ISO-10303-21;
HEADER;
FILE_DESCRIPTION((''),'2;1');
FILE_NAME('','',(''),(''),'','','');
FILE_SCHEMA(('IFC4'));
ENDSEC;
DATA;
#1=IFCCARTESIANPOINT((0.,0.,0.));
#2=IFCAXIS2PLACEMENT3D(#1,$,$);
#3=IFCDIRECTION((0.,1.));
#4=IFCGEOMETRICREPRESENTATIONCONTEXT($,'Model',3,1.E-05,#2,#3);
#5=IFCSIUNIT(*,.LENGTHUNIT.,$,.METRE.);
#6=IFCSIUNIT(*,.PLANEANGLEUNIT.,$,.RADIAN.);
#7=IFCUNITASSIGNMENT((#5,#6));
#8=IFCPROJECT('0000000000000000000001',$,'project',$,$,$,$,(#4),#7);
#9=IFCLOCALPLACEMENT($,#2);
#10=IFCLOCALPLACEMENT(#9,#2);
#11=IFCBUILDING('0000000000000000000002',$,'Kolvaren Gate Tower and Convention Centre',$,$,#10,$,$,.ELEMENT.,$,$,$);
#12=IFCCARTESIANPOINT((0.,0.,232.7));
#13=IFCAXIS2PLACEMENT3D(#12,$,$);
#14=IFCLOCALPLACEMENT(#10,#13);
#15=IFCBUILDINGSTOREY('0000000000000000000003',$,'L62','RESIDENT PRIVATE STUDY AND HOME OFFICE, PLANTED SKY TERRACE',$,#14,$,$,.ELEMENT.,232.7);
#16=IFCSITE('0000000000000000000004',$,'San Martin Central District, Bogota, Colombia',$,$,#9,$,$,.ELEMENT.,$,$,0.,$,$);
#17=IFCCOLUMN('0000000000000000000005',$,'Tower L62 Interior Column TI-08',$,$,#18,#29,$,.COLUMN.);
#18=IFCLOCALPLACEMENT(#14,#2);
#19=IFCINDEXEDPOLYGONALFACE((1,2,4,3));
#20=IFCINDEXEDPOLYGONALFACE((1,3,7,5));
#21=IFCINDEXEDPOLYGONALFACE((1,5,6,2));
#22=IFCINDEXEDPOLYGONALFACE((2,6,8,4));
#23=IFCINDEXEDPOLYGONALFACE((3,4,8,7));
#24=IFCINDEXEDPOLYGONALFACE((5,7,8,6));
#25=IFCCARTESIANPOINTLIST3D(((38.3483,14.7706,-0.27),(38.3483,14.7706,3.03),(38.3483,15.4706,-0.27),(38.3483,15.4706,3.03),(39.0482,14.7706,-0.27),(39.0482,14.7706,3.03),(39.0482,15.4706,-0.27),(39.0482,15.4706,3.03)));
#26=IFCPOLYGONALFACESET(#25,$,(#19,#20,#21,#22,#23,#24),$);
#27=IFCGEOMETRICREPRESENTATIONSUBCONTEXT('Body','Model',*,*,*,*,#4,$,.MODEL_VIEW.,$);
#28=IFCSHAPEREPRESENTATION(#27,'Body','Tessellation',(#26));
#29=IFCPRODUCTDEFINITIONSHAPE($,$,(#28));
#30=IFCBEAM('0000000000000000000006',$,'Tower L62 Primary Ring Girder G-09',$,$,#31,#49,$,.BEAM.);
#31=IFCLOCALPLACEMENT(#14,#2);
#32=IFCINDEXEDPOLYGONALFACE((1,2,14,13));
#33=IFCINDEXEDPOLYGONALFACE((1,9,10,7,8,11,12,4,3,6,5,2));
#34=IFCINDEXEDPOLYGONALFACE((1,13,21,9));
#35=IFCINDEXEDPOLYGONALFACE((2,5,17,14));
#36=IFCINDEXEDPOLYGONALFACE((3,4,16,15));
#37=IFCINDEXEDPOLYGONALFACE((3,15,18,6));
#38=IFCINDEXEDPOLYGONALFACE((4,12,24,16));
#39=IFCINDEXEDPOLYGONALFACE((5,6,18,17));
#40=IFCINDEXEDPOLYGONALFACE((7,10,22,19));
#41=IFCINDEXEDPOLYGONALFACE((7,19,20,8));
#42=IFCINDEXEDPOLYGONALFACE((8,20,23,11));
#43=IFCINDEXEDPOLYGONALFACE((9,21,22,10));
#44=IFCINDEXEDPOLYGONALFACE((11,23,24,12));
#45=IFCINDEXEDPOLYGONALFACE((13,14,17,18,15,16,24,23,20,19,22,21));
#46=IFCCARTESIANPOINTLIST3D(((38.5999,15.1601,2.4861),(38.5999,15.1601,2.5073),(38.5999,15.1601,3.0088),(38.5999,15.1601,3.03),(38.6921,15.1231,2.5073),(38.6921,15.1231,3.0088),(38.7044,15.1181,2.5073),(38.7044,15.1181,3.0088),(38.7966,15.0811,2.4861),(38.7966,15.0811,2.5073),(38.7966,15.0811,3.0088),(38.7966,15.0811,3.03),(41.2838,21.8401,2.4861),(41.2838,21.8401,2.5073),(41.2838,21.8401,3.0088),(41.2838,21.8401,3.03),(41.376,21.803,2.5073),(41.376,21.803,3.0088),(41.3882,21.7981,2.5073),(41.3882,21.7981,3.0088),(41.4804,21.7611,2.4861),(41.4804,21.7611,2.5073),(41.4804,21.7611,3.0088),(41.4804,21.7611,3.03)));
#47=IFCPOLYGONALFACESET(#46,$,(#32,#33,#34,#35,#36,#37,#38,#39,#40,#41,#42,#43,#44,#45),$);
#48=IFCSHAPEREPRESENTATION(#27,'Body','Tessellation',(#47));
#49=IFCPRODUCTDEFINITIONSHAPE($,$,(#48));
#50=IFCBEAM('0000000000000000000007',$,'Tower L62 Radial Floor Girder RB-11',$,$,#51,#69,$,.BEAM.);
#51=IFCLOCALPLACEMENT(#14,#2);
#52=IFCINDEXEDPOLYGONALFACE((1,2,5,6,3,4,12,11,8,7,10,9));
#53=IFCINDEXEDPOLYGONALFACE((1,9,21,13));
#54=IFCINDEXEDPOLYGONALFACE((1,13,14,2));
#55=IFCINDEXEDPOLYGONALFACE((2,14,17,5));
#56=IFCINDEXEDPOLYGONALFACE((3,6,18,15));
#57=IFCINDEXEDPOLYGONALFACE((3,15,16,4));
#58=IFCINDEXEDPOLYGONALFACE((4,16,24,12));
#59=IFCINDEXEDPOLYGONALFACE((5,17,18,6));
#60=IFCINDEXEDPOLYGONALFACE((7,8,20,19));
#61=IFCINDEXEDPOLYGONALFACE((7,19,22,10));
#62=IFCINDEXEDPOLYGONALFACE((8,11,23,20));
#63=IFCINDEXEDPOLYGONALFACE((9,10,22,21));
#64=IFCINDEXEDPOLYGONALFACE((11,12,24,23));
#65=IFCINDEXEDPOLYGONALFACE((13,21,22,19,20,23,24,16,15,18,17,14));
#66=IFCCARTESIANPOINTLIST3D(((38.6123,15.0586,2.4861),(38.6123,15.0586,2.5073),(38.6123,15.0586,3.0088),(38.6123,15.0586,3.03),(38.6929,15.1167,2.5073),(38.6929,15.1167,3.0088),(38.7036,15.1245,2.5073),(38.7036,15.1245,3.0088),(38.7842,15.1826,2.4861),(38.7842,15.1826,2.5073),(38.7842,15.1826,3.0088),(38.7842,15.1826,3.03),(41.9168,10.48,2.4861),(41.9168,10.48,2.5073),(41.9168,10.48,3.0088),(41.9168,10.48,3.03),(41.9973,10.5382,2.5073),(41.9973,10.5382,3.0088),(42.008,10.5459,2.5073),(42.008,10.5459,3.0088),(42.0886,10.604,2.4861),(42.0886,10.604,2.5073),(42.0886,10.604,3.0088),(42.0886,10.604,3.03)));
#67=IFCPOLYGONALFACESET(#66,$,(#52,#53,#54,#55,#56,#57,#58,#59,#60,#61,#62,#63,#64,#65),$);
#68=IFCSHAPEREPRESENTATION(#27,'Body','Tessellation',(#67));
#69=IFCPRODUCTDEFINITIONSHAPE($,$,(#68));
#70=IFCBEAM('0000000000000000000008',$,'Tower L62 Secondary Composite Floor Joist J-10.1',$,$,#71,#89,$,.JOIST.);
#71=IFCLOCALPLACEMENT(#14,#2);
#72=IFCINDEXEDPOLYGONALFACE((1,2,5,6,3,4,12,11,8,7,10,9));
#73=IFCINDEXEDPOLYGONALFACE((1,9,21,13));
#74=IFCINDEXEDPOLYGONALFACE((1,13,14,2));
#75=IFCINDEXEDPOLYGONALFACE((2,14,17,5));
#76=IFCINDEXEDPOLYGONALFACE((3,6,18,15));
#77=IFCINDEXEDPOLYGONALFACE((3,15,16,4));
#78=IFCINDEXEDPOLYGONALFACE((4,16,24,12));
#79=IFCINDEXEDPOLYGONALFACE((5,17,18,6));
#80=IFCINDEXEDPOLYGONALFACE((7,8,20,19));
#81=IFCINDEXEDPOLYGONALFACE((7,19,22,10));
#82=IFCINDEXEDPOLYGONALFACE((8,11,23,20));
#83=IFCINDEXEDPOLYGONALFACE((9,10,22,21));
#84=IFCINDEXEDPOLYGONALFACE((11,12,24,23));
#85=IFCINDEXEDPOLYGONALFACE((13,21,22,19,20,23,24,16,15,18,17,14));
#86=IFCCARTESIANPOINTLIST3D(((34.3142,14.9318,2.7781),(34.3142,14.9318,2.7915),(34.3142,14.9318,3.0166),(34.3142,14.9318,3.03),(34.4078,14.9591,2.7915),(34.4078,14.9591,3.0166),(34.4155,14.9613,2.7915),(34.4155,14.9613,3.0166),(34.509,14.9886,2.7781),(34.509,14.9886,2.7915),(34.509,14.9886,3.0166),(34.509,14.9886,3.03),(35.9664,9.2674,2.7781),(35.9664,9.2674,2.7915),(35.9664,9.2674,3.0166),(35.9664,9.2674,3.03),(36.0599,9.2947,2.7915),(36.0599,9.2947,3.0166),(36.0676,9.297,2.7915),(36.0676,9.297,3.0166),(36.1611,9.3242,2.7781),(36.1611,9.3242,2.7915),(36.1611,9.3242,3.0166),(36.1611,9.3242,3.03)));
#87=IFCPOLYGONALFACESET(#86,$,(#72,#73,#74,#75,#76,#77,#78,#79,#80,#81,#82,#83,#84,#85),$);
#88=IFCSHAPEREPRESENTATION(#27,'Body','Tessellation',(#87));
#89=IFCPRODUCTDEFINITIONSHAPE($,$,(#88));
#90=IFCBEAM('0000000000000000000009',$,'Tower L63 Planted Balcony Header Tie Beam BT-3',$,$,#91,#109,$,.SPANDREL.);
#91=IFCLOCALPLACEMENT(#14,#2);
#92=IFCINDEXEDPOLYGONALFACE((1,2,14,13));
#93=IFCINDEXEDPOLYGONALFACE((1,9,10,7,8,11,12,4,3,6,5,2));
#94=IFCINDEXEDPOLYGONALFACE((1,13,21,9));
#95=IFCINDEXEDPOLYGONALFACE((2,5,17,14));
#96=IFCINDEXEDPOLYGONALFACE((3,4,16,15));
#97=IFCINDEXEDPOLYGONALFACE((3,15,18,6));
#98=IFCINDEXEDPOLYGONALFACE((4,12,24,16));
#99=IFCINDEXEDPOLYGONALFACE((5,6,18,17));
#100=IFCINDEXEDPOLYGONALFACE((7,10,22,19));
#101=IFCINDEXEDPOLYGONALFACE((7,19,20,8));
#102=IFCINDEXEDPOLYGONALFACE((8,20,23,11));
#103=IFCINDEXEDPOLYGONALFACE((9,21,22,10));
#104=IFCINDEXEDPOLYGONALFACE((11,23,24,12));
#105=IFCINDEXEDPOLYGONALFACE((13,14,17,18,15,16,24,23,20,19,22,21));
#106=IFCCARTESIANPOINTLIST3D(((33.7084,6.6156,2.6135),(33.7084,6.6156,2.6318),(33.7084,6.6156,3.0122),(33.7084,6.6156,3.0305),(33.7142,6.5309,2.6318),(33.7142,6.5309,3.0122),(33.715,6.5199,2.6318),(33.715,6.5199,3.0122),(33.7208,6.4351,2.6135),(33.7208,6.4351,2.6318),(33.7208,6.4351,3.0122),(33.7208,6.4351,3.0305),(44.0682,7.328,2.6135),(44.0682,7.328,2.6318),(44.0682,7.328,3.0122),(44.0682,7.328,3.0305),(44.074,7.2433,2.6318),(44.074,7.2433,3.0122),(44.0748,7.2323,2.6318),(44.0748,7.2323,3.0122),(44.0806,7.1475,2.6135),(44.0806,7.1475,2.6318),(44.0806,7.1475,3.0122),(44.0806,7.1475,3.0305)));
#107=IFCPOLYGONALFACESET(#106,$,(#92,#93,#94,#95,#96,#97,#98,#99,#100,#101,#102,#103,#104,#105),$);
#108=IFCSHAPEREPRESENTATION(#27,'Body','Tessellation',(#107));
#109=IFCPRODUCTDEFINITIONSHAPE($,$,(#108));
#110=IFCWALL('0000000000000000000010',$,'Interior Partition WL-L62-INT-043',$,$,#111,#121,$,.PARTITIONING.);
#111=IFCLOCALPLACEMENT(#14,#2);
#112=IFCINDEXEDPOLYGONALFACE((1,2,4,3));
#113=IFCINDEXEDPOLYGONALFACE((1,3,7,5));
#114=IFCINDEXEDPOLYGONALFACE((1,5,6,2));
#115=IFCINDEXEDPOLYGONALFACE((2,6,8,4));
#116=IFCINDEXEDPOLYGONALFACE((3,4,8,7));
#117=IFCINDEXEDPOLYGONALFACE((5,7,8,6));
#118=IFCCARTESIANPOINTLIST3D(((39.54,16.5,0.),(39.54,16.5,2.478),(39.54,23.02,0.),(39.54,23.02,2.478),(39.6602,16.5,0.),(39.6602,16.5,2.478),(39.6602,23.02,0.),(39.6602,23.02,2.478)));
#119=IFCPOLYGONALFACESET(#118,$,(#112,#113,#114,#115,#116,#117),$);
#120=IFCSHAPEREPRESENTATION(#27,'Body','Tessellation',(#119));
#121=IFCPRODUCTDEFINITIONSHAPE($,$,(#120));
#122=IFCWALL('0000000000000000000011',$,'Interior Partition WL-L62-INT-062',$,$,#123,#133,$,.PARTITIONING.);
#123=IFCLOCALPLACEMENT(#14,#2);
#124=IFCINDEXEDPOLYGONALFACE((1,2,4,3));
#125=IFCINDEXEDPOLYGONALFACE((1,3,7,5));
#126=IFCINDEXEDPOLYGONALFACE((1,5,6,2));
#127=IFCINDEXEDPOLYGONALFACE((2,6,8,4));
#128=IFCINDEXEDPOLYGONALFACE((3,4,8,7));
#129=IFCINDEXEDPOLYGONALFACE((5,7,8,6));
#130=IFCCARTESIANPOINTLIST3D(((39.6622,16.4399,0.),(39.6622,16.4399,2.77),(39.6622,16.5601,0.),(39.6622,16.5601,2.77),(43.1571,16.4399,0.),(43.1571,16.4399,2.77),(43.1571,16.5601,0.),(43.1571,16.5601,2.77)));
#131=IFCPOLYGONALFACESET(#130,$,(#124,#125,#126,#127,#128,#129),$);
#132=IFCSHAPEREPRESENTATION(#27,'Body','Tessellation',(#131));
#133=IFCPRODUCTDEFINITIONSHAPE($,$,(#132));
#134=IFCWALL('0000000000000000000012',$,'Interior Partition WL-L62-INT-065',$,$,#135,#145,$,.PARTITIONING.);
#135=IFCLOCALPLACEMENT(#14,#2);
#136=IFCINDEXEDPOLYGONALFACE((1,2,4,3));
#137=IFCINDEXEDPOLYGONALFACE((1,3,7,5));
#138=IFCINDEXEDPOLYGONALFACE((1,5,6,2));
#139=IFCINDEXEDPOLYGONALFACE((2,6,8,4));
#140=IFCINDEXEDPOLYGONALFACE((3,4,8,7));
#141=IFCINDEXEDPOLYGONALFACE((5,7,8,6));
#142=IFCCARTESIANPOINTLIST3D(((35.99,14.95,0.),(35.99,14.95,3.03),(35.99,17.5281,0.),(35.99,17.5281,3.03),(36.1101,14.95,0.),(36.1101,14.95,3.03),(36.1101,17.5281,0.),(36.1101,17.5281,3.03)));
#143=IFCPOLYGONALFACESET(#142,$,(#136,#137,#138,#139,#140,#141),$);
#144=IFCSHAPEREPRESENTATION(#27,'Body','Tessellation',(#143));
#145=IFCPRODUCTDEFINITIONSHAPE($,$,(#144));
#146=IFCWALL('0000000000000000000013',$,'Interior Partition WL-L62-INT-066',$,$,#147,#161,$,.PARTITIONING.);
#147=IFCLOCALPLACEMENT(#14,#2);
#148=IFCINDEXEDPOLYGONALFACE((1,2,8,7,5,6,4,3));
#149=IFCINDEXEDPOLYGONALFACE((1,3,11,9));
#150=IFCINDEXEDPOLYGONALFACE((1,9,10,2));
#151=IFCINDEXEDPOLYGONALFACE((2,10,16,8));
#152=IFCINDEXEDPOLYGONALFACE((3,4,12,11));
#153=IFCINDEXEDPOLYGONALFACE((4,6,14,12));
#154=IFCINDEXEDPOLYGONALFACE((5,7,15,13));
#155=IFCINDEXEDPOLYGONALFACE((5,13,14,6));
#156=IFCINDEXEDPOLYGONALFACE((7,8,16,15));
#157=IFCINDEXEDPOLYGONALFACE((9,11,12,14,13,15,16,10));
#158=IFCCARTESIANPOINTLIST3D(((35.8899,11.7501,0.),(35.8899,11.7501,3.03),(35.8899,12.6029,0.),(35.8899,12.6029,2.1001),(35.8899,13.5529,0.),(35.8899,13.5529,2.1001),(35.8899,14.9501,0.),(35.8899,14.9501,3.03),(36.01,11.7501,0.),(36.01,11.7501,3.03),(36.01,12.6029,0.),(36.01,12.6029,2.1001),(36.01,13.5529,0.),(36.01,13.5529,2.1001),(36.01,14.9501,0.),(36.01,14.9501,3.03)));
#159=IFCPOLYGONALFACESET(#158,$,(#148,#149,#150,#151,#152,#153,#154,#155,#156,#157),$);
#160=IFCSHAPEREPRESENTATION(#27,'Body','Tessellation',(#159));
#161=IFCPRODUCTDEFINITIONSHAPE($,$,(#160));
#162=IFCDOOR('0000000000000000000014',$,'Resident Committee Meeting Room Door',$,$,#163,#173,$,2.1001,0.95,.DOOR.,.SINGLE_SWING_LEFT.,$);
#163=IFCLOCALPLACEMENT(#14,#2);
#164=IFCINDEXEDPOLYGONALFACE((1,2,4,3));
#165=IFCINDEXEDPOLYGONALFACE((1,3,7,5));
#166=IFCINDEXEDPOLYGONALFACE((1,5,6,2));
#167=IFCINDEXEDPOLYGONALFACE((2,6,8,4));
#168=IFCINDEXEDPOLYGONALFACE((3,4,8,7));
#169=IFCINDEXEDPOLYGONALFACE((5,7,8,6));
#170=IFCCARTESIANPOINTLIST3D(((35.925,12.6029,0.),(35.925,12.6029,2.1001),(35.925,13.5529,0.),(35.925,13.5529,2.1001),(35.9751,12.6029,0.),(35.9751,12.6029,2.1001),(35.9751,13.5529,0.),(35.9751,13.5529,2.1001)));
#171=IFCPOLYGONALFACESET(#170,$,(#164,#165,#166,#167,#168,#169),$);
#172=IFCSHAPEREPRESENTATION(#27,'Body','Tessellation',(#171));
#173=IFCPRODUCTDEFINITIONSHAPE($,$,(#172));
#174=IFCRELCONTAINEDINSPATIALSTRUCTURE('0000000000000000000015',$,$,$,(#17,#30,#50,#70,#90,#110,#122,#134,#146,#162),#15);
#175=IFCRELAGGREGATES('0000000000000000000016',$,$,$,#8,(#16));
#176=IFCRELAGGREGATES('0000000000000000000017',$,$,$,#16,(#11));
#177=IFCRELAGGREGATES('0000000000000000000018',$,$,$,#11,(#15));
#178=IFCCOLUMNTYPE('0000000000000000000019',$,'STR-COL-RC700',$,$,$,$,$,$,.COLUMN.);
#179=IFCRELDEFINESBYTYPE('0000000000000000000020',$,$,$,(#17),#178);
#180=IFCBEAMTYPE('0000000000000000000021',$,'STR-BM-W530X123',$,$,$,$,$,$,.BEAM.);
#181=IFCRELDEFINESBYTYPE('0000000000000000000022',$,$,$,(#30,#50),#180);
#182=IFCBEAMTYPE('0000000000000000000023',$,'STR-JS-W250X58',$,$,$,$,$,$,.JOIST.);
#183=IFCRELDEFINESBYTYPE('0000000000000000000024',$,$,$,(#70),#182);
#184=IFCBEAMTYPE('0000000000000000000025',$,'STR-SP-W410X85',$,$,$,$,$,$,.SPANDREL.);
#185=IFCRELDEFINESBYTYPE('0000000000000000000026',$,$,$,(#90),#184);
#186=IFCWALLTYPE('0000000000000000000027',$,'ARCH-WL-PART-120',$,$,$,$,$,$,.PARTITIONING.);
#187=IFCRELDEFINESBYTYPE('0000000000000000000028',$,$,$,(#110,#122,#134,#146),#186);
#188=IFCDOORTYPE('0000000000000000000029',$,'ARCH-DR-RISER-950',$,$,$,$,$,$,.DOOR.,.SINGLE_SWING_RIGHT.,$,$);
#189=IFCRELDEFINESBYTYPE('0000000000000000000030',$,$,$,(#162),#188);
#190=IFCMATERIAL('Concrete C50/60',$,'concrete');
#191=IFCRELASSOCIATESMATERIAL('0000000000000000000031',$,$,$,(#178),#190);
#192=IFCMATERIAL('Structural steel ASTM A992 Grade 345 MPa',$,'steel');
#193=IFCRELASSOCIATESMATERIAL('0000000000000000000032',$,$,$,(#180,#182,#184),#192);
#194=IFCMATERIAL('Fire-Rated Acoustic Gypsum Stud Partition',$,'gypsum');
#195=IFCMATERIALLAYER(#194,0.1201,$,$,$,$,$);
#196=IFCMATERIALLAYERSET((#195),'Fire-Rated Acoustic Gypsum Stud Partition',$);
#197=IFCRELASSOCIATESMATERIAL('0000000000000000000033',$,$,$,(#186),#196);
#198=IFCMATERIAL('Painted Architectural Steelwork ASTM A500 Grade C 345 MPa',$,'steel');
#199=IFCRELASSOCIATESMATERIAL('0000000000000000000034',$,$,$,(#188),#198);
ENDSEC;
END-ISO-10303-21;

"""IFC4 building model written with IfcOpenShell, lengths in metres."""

from ifc_helpers import new_model, si_unit, direction, frame, frame_2d, origin, origin_2d, place, context, subcontext, project, spatial, rectangle, i_section, extrude, material, layer, layer_set, material_profile, profile_set, type_object, element, fill, save


model = new_model("IFC4")

# Units and contexts
model_context = context("Model", 3, precision=1e-05, world=origin(), true_north=direction((0.0, 1.0)))
body_context = subcontext(model_context, "Body", "Model", "MODEL_VIEW")
ifc_project = project(units=[si_unit("LENGTHUNIT", "METRE"), si_unit("PLANEANGLEUNIT", "RADIAN")], contexts=[model_context])

# Site, building, storey
site_placement = place(None, origin())
site = spatial("IfcSite", under=ifc_project, at=site_placement, Name="San Martin Central District, Bogota, Colombia", CompositionType="ELEMENT", RefElevation=0.0)
building_placement = place(site_placement, origin())
building = spatial("IfcBuilding", under=site, at=building_placement, Name="Kolvaren Gate Tower and Convention Centre", CompositionType="ELEMENT")
storey_placement = place(building_placement, frame((0.0, 0.0, 232.7)))
storey = spatial("IfcBuildingStorey", under=building, at=storey_placement, Name="L62", Description="RESIDENT PRIVATE STUDY AND HOME OFFICE, PLANTED SKY TERRACE", CompositionType="ELEMENT", Elevation=232.7)

# Column
ifc_material_1 = material(Name="Concrete C50/60", Category="concrete")
ifc_material_profile_1 = material_profile(ifc_material_1, rectangle(XDim=0.7, YDim=0.7, at=origin_2d()), Name="RC-COL-700X700")
ifc_profile_set_1 = profile_set([ifc_material_profile_1], Name="Concrete C50/60")
column_type = type_object("IfcColumnType", Name="STR-COL-RC700", PredefinedType="COLUMN", material=ifc_profile_set_1)
column_placement = place(storey_placement, frame((38.6982, 15.1206, -0.27), z_axis=(0.0, 0.0, 1.0), x_axis=(1.0, 0.0, 0.0)))
element("IfcColumn", 1, at=column_placement, inside=storey, type_object=column_type, Name="Tower L62 Interior Column TI-08", PredefinedType="COLUMN", context=body_context, shape_type="SweptSolid", body=[
    extrude(rectangle(XDim=0.7, YDim=0.7, at=origin_2d()), origin(), (0.0, 0.0, 1.0), 3.3),
])

# Beams
ifc_material_2 = material(Name="Structural steel ASTM A992 Grade 345 MPa", Category="steel")
ifc_material_profile_2 = material_profile(ifc_material_2, i_section(OverallWidth=0.2119, OverallDepth=0.5439, WebThickness=0.0132, FlangeThickness=0.0212, at=origin_2d()), Name="W530X123")
ifc_profile_set_2 = profile_set([ifc_material_profile_2], Name="Structural steel ASTM A992 Grade 345 MPa")
beam_type_1 = type_object("IfcBeamType", Name="STR-BM-W530X123", PredefinedType="BEAM", material=ifc_profile_set_2)
beam_1_placement = place(storey_placement, frame((38.6982, 15.1206, 2.7581), z_axis=(0.372811, 0.927907, 0.0), x_axis=(-0.927907, 0.372811, 0.0)))
element("IfcBeam", 2, at=beam_1_placement, inside=storey, type_object=beam_type_1, Name="Tower L62 Primary Ring Girder G-09", PredefinedType="BEAM", context=body_context, shape_type="SweptSolid", body=[
    extrude(i_section(OverallWidth=0.2119, OverallDepth=0.5439, WebThickness=0.0132, FlangeThickness=0.0212, at=origin_2d()), origin(), (0.0, 0.0, 1.0), 7.199),
])
beam_2_placement = place(storey_placement, frame((38.6982, 15.1206, 2.7581), z_axis=(0.585219, -0.810875, 0.0), x_axis=(0.810875, 0.585219, 0.0)))
element("IfcBeam", 3, at=beam_2_placement, inside=storey, type_object=beam_type_1, Name="Tower L62 Radial Floor Girder RB-11", PredefinedType="BEAM", context=body_context, shape_type="SweptSolid", body=[
    extrude(i_section(OverallWidth=0.2119, OverallDepth=0.5439, WebThickness=0.0132, FlangeThickness=0.0212, at=origin_2d()), origin(), (0.0, 0.0, 1.0), 5.6465),
])
ifc_material_profile_3 = material_profile(ifc_material_2, i_section(OverallWidth=0.2029, OverallDepth=0.252, WebThickness=0.0081, FlangeThickness=0.0134, at=origin_2d()), Name="W250X58")
ifc_profile_set_3 = profile_set([ifc_material_profile_3], Name="Structural steel ASTM A992 Grade 345 MPa")
beam_type_2 = type_object("IfcBeamType", Name="STR-JS-W250X58", PredefinedType="JOIST", material=ifc_profile_set_3)
beam_3_placement = place(storey_placement, frame((34.4116, 14.9602, 2.9041), z_axis=(0.280002, -0.96, 0.0), x_axis=(0.96, 0.280002, 0.0)))
element("IfcBeam", 4, at=beam_3_placement, inside=storey, type_object=beam_type_2, Name="Tower L62 Secondary Composite Floor Joist J-10.1", PredefinedType="JOIST", context=body_context, shape_type="SweptSolid", body=[
    extrude(i_section(OverallWidth=0.2029, OverallDepth=0.252, WebThickness=0.0081, FlangeThickness=0.0134, at=origin_2d()), origin(), (0.0, 0.0, 1.0), 5.9004),
])
ifc_material_profile_4 = material_profile(ifc_material_2, i_section(OverallWidth=0.1809, OverallDepth=0.417, WebThickness=0.011, FlangeThickness=0.0183, at=origin_2d()), Name="W410X85")
ifc_profile_set_4 = profile_set([ifc_material_profile_4], Name="Structural steel ASTM A992 Grade 345 MPa")
beam_type_3 = type_object("IfcBeamType", Name="STR-SP-W410X85", PredefinedType="SPANDREL", material=ifc_profile_set_4)
beam_4_placement = place(storey_placement, frame((33.7146, 6.5254, 2.822), z_axis=(0.997644, 0.068604, 0.0), x_axis=(-0.068604, 0.997644, 0.0)))
element("IfcBeam", 5, at=beam_4_placement, inside=storey, type_object=beam_type_3, Name="Tower L63 Planted Balcony Header Tie Beam BT-3", PredefinedType="SPANDREL", context=body_context, shape_type="SweptSolid", body=[
    extrude(i_section(OverallWidth=0.1809, OverallDepth=0.417, WebThickness=0.011, FlangeThickness=0.0183, at=origin_2d()), origin(), (0.0, 0.0, 1.0), 10.3843),
])

# Walls
ifc_material_3 = material(Name="Fire-Rated Acoustic Gypsum Stud Partition", Category="gypsum")
ifc_layer_1 = layer(ifc_material_3, 0.1201)
ifc_layer_set_1 = layer_set([ifc_layer_1], Name="Fire-Rated Acoustic Gypsum Stud Partition")
wall_type_1 = type_object("IfcWallType", Name="ARCH-WL-PART-120", PredefinedType="PARTITIONING", material=ifc_layer_set_1)
wall_1_placement = place(storey_placement, frame((39.6001, 16.5, 0.0), z_axis=(0.0, 0.0, 1.0), x_axis=(0.0, 1.0, 0.0)))
element("IfcWall", 6, at=wall_1_placement, inside=storey, type_object=wall_type_1, Name="Interior Partition WL-L62-INT-043", PredefinedType="PARTITIONING", context=body_context, shape_type="SweptSolid", body=[
    extrude(rectangle(XDim=6.52, YDim=0.1201, at=frame_2d((3.26, 0.0))), origin(), (0.0, 0.0, 1.0), 2.478),
])
wall_2_placement = place(storey_placement, frame((39.6621, 16.5, 0.0), z_axis=(0.0, 0.0, 1.0), x_axis=(1.0, 0.0, 0.0)))
element("IfcWall", 7, at=wall_2_placement, inside=storey, type_object=wall_type_1, Name="Interior Partition WL-L62-INT-062", PredefinedType="PARTITIONING", context=body_context, shape_type="SweptSolid", body=[
    extrude(rectangle(XDim=3.4949, YDim=0.1201, at=frame_2d((1.7476, 0.0))), origin(), (0.0, 0.0, 1.0), 2.77),
])
wall_3_placement = place(storey_placement, frame((36.05, 14.95, 0.0), z_axis=(0.0, 0.0, 1.0), x_axis=(0.0, 1.0, 0.0)))
element("IfcWall", 8, at=wall_3_placement, inside=storey, type_object=wall_type_1, Name="Interior Partition WL-L62-INT-065", PredefinedType="PARTITIONING", context=body_context, shape_type="SweptSolid", body=[
    extrude(rectangle(XDim=2.5781, YDim=0.1201, at=frame_2d((1.2891, 0.0))), origin(), (0.0, 0.0, 1.0), 3.03),
])

# Wall, opening, door
wall_4_placement = place(storey_placement, frame((35.95, 11.75, 0.0), z_axis=(0.0, 0.0, 1.0), x_axis=(0.0, 1.0, 0.0)))
wall_4 = element("IfcWall", 9, at=wall_4_placement, inside=storey, type_object=wall_type_1, Name="Interior Partition WL-L62-INT-066", PredefinedType="PARTITIONING", context=body_context, shape_type="SweptSolid", body=[
    extrude(rectangle(XDim=3.2, YDim=0.1201, at=frame_2d((1.6001, 0.0))), origin(), (0.0, 0.0, 1.0), 3.03),
])
opening_1_placement = place(wall_4_placement, frame((0.8528, 0.0, 0.0)))
opening_1 = element("IfcOpeningElement", 10, at=opening_1_placement, cuts=wall_4, PredefinedType="OPENING", context=body_context, shape_type="SweptSolid", body=[
    extrude(rectangle(XDim=0.95, YDim=2.1001, at=frame_2d((0.4751, 1.05))), frame((0.0, 0.0701, 0.0), z_axis=(0.0, -1.0, 0.0), x_axis=(1.0, 0.0, 0.0)), (0.0, 0.0, 1.0), 0.1401),
])
ifc_material_4 = material(Name="Painted Architectural Steelwork ASTM A500 Grade C 345 MPa", Category="steel")
door_type_1 = type_object("IfcDoorType", Name="ARCH-DR-RISER-950", OperationType="SINGLE_SWING_RIGHT", PredefinedType="DOOR", material=ifc_material_4)
door_1_placement = place(opening_1_placement, origin())
door_1 = element("IfcDoor", 11, at=door_1_placement, inside=storey, type_object=door_type_1, Name="Resident Committee Meeting Room Door", OperationType="SINGLE_SWING_LEFT", OverallHeight=2.1001, OverallWidth=0.95, PredefinedType="DOOR", context=body_context, shape_type="SweptSolid", body=[
    extrude(rectangle(XDim=0.95, YDim=2.1001, at=frame_2d((0.4751, 1.05))), frame((0.0, 0.0249, 0.0), z_axis=(0.0, -1.0, 0.0), x_axis=(1.0, 0.0, 0.0)), (0.0, 0.0, 1.0), 0.05),
])
fill(opening_1, door_1)

save(model, "model.ifc")
